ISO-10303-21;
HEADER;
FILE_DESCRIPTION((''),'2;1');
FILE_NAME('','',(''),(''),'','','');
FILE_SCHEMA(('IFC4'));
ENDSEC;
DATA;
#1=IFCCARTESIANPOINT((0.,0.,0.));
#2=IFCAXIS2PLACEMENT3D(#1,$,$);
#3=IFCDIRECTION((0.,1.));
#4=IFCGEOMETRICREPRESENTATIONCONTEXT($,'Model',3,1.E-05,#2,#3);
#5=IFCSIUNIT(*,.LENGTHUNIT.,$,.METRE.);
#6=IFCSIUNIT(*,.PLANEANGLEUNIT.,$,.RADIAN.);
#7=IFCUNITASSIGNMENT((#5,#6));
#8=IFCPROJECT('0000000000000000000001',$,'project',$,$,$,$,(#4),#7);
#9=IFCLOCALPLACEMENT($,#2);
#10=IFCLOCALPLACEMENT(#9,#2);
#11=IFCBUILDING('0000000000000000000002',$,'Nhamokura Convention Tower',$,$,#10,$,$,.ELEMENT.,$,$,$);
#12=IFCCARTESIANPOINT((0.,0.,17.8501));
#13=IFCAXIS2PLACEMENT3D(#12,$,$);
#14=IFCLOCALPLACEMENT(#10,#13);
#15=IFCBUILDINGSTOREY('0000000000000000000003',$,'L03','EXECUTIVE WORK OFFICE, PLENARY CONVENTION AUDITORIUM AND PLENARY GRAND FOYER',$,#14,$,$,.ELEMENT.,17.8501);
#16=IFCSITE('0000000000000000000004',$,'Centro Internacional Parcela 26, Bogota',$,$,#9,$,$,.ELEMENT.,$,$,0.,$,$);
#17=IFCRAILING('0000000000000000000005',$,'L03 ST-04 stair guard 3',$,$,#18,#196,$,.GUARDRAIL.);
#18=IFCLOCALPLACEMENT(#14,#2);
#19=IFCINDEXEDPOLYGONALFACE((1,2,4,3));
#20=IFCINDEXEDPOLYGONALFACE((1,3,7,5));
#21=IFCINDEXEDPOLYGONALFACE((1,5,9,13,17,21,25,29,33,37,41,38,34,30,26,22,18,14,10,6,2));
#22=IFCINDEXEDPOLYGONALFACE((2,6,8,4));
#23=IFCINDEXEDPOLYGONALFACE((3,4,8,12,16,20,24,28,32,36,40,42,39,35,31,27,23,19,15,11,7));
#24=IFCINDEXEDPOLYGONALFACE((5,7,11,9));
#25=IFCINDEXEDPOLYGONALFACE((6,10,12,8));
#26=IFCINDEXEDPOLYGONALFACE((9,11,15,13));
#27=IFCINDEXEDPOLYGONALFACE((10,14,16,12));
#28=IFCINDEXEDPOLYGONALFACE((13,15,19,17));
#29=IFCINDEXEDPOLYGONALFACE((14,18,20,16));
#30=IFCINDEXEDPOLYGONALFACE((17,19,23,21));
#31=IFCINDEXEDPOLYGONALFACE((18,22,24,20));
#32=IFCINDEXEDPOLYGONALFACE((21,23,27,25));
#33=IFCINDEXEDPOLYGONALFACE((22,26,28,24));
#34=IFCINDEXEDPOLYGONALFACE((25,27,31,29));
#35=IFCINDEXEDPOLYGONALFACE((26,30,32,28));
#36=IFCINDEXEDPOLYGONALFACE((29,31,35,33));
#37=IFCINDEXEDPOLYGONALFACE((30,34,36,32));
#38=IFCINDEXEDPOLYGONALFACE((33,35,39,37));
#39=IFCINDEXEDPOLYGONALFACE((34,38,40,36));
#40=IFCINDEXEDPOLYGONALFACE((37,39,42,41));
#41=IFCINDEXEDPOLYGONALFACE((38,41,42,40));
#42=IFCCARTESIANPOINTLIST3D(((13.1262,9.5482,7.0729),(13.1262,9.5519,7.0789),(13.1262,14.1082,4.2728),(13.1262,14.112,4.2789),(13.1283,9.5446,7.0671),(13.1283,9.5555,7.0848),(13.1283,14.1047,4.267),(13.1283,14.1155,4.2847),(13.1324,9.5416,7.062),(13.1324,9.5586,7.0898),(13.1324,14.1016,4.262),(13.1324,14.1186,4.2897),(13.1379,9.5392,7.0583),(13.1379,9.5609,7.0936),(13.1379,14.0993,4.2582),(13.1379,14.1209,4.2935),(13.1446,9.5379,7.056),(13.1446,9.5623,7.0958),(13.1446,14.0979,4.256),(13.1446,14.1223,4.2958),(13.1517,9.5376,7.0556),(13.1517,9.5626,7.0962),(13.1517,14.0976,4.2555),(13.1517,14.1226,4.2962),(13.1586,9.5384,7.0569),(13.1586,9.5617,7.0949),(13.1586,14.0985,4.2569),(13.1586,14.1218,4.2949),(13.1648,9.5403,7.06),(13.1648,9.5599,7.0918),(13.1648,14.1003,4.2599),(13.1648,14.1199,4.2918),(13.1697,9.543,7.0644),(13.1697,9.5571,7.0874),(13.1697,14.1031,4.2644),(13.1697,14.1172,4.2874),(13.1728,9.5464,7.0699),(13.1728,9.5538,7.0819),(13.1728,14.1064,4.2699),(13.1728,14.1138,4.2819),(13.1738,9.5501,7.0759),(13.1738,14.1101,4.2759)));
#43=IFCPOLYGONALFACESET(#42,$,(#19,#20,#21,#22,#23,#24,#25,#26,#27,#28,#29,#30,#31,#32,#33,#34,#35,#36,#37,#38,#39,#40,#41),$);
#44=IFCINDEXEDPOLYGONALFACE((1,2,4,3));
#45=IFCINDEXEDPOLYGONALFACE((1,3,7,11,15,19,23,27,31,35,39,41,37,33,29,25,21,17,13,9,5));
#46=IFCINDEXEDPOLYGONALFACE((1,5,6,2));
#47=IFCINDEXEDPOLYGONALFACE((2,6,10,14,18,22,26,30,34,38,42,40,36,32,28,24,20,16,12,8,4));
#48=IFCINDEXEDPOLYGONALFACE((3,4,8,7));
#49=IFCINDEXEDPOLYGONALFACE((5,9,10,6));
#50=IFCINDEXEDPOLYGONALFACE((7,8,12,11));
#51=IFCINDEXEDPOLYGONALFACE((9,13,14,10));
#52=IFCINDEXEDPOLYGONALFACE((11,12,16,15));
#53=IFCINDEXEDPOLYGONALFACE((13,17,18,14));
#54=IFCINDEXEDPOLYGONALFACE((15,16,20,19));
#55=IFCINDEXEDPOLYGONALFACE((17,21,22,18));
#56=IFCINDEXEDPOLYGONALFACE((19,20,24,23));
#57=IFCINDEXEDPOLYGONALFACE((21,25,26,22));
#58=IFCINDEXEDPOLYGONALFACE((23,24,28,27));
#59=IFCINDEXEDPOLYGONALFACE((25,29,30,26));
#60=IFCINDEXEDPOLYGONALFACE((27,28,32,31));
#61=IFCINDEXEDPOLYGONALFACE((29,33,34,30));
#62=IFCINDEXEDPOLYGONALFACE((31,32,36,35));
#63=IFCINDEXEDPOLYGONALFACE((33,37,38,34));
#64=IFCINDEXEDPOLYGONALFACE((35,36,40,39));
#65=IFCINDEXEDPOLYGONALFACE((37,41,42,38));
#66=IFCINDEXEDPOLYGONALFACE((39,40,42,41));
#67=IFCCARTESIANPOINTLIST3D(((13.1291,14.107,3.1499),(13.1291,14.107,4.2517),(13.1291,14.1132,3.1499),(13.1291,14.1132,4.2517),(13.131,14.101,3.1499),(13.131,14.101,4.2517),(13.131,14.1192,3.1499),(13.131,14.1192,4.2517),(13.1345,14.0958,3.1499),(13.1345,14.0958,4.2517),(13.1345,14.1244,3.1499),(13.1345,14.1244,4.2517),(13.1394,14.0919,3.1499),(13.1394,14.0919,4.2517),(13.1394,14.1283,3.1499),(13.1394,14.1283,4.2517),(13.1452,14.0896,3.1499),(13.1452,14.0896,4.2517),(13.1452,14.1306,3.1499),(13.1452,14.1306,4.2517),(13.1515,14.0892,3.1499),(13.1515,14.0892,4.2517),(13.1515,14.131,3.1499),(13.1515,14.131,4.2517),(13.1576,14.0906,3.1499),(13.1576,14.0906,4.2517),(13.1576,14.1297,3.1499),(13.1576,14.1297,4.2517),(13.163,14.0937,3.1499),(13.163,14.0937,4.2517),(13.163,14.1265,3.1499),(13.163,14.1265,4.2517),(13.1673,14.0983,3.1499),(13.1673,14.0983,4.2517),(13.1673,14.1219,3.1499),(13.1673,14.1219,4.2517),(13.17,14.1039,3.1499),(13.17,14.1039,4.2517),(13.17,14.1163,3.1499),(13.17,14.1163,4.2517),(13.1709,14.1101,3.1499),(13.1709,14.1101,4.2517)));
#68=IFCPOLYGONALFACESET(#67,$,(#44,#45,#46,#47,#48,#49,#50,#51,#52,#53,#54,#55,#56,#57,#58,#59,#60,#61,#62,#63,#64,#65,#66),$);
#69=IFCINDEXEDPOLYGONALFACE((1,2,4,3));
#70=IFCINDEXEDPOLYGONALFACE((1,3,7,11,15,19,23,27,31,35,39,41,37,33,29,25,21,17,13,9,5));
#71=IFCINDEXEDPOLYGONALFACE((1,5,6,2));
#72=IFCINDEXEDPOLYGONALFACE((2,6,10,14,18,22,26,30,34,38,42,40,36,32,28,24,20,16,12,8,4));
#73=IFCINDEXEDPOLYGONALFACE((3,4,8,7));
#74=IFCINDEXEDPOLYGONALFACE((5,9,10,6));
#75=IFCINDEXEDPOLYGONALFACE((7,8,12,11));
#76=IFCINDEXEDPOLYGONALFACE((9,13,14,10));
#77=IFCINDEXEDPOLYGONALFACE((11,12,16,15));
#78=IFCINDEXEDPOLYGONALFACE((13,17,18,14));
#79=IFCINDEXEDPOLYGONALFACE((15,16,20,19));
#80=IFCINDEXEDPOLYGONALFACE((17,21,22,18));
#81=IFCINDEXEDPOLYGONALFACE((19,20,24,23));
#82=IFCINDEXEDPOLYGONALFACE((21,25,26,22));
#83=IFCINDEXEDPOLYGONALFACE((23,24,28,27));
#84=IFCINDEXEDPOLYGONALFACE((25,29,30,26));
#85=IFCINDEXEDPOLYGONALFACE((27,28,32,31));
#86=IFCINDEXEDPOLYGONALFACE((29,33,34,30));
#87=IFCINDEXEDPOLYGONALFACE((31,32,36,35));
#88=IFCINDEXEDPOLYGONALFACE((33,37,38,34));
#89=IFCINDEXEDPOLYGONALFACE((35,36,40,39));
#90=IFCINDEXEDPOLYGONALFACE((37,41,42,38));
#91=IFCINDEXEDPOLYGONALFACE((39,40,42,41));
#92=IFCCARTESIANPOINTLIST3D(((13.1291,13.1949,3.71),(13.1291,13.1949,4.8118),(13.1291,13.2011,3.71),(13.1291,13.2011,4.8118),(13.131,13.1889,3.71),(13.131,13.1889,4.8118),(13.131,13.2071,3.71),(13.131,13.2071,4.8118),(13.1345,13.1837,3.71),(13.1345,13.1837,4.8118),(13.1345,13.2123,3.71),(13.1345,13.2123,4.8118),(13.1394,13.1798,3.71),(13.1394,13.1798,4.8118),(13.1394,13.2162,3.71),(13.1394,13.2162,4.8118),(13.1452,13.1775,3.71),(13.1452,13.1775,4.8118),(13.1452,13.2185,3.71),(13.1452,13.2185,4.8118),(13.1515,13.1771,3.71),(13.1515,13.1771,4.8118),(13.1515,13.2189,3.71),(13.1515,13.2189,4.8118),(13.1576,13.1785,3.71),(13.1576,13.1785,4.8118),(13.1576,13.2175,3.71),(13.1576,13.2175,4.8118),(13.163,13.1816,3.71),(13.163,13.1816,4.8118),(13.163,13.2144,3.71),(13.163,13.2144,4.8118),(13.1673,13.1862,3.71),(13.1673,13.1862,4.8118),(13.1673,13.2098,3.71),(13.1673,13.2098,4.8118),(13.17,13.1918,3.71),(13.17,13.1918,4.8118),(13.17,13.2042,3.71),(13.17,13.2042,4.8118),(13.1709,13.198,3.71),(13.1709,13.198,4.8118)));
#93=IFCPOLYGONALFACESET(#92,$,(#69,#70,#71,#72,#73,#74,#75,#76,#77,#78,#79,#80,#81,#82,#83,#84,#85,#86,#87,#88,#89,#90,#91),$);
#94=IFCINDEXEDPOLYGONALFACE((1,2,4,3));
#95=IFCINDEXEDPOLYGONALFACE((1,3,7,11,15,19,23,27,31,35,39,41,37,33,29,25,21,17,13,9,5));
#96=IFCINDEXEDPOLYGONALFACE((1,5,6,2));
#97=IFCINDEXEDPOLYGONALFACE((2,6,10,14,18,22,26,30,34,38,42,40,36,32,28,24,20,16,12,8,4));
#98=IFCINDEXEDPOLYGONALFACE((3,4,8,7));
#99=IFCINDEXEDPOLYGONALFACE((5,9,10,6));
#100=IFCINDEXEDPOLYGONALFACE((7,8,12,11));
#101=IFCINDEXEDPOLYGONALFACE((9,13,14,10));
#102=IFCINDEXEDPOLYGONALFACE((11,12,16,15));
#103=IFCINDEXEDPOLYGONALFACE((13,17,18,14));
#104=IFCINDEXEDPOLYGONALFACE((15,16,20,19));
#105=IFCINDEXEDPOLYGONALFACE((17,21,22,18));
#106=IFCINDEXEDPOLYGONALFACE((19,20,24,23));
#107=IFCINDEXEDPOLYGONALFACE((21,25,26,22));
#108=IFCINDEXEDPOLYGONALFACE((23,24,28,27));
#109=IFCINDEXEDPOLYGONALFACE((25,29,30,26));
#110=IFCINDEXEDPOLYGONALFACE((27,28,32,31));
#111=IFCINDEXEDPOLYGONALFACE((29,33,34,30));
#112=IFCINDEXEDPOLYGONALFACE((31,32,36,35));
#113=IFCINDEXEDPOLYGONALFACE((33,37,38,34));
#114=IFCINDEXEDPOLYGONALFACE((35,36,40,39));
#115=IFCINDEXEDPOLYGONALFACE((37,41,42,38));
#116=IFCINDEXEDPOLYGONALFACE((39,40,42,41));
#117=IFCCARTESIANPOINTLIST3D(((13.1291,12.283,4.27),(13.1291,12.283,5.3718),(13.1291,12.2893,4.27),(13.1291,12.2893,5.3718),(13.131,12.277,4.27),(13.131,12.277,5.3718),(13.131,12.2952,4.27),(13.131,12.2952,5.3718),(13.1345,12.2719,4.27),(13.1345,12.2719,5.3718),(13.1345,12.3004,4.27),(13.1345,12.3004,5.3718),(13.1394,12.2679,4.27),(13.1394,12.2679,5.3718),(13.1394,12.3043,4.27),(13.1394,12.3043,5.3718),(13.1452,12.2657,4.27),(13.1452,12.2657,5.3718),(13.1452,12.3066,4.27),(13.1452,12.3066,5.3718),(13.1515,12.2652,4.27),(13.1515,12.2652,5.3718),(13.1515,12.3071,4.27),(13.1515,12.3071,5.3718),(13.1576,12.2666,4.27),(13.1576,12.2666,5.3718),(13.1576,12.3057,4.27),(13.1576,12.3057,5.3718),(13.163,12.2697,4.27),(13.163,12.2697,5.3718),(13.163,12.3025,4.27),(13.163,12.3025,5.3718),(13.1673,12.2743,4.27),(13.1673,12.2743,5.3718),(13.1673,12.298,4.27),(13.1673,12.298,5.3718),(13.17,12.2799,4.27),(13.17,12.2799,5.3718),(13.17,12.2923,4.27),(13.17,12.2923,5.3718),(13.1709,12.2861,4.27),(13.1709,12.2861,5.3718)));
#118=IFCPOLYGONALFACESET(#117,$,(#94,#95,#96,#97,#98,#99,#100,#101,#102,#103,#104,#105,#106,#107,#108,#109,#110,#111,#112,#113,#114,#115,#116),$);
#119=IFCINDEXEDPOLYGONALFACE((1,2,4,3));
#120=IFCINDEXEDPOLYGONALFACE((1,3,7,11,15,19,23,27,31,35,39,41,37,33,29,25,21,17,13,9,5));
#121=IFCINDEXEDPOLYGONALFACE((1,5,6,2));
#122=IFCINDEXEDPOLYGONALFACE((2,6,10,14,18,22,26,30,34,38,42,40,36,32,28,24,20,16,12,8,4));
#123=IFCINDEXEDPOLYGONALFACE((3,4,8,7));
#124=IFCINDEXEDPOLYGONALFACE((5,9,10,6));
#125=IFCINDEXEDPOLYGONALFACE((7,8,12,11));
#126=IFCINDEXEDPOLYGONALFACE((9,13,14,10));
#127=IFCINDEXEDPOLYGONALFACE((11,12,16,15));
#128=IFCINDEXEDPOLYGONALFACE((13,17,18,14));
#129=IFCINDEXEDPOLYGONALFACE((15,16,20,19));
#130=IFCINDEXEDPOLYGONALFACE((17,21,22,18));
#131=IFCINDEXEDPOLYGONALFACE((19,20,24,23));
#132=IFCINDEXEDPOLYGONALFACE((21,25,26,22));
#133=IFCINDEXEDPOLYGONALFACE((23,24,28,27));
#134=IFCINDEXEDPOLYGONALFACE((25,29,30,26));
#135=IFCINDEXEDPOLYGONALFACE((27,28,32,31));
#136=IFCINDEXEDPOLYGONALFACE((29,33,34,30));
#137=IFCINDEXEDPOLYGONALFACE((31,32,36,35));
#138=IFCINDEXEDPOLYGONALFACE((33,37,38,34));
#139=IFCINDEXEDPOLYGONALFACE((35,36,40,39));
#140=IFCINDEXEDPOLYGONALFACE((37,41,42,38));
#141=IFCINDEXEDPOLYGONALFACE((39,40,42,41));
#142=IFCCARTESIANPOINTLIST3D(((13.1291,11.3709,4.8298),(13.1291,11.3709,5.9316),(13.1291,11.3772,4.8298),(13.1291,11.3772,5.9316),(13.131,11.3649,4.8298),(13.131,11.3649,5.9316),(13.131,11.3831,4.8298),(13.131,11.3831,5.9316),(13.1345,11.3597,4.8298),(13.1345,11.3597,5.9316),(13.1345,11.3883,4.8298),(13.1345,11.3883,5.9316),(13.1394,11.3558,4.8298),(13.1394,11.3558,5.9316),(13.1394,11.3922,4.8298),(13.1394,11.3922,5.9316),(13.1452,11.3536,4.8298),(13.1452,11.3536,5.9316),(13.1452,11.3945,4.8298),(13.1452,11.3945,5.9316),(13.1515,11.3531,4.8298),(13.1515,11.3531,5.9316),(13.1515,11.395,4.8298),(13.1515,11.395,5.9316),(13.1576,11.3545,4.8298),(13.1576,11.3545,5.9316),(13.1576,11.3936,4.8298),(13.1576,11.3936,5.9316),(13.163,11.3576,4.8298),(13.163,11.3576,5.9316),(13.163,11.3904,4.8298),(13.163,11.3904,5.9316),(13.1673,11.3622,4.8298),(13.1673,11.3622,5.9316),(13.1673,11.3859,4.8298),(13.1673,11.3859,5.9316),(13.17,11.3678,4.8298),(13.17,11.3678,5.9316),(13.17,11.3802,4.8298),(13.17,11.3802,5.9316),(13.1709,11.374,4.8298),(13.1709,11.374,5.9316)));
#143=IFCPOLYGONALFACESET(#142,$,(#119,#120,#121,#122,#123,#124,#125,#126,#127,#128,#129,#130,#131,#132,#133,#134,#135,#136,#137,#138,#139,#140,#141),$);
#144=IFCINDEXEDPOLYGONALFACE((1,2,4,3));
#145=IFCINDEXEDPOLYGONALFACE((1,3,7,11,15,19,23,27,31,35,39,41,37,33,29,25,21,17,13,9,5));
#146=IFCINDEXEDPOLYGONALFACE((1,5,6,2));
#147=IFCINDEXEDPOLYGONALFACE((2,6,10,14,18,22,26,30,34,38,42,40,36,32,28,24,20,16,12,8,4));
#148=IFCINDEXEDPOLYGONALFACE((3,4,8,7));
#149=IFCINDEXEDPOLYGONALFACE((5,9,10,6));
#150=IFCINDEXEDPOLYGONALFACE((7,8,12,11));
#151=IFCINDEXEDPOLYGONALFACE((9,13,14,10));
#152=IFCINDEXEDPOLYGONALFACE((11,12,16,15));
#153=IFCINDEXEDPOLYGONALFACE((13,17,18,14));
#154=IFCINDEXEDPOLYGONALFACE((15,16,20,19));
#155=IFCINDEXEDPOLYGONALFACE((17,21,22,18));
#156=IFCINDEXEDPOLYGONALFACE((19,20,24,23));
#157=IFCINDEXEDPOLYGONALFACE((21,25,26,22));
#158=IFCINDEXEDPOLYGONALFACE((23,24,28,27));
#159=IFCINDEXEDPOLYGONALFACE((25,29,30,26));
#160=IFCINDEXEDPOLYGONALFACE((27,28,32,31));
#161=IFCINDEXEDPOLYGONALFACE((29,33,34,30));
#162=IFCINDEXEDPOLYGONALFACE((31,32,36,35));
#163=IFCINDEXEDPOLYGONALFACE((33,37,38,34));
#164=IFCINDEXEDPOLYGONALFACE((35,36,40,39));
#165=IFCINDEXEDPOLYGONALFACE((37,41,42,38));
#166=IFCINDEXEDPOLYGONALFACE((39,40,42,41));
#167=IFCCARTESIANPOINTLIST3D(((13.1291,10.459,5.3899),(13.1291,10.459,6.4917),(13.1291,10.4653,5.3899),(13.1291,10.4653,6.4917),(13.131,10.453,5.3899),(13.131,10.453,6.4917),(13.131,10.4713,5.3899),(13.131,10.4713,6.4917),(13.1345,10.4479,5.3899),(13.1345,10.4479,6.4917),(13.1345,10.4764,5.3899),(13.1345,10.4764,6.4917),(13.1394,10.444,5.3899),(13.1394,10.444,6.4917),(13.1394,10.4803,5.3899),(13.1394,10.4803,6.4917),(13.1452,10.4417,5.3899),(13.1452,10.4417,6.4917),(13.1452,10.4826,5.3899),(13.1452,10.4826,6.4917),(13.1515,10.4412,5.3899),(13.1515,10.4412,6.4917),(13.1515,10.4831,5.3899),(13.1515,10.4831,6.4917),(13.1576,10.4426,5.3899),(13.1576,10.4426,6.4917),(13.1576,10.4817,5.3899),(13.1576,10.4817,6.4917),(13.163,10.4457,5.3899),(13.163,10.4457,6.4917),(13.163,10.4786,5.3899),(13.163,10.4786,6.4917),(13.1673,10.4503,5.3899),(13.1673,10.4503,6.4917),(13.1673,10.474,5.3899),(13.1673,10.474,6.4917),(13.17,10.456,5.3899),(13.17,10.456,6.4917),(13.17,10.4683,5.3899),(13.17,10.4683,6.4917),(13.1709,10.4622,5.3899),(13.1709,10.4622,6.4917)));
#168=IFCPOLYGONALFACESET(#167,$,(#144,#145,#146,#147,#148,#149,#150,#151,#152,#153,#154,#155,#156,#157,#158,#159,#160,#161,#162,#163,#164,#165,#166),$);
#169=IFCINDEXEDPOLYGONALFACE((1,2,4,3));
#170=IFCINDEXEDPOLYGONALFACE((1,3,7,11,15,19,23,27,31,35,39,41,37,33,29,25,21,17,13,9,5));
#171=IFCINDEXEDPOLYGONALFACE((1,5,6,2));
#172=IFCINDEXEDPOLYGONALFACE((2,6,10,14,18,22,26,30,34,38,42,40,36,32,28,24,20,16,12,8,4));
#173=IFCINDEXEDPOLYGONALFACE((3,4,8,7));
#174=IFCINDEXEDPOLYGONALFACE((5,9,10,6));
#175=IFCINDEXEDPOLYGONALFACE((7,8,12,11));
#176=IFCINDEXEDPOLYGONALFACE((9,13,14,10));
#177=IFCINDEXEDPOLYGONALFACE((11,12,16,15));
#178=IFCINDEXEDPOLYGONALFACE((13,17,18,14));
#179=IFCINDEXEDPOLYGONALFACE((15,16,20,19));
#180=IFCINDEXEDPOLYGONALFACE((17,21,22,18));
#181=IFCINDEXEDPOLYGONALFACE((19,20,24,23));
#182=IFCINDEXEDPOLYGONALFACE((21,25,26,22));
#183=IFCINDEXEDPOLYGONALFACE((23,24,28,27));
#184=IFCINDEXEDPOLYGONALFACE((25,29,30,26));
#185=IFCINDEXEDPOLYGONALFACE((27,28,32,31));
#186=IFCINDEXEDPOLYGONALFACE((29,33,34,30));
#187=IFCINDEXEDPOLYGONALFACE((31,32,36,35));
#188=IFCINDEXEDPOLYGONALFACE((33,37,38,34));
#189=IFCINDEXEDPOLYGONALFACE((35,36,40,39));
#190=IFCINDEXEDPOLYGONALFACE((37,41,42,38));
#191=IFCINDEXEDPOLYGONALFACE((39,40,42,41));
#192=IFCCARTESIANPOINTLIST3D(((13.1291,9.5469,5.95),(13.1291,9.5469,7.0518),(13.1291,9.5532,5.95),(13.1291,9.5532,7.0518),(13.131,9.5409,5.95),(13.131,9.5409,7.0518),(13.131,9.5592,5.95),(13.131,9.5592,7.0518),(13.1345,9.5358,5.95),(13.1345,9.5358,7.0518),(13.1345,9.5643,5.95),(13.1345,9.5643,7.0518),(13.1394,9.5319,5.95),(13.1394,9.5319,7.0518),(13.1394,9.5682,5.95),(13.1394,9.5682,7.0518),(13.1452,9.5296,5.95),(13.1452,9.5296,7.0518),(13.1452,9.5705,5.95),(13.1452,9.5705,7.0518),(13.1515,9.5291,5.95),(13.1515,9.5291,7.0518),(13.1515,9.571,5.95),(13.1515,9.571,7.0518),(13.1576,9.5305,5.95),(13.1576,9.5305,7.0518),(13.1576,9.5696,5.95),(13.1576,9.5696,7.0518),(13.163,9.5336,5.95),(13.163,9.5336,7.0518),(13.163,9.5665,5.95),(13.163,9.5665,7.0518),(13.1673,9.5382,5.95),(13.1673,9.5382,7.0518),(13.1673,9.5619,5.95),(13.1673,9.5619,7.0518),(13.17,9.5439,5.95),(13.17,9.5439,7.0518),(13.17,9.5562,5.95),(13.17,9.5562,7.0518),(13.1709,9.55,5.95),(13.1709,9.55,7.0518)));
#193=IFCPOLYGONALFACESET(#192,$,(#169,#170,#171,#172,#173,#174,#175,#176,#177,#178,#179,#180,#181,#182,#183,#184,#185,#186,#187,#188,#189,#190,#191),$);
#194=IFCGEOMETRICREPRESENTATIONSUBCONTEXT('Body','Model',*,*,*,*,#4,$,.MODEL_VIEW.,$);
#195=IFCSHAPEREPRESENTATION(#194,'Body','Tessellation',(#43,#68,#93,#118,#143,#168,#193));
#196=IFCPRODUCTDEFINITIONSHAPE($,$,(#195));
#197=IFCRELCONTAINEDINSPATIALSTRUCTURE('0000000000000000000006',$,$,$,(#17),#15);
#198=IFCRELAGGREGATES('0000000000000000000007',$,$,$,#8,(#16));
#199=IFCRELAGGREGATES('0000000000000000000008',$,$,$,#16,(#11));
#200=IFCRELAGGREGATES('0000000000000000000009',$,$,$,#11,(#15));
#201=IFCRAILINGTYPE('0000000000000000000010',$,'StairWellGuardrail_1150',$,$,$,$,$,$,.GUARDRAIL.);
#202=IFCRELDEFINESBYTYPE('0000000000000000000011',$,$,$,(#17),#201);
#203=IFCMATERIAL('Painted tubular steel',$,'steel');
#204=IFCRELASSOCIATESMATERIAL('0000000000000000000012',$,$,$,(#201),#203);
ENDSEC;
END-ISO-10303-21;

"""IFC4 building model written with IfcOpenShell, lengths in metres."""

from ifc_helpers import new_model, si_unit, direction, frame, origin, origin_2d, place, context, subcontext, project, spatial, circle, extrude, material, type_object, element, save


model = new_model("IFC4")

# Units and contexts
model_context = context("Model", 3, precision=1e-05, world=origin(), true_north=direction((0.0, 1.0)))
body_context = subcontext(model_context, "Body", "Model", "MODEL_VIEW")
ifc_project = project(units=[si_unit("LENGTHUNIT", "METRE"), si_unit("PLANEANGLEUNIT", "RADIAN")], contexts=[model_context])

# Site, building, storey
site_placement = place(None, origin())
site = spatial("IfcSite", under=ifc_project, at=site_placement, Name="Centro Internacional Parcela 26, Bogota", CompositionType="ELEMENT", RefElevation=0.0)
building_placement = place(site_placement, origin())
building = spatial("IfcBuilding", under=site, at=building_placement, Name="Nhamokura Convention Tower", CompositionType="ELEMENT")
storey_placement = place(building_placement, frame((0.0, 0.0, 17.8501)))
storey = spatial("IfcBuildingStorey", under=building, at=storey_placement, Name="L03", Description="EXECUTIVE WORK OFFICE, PLENARY CONVENTION AUDITORIUM AND PLENARY GRAND FOYER", CompositionType="ELEMENT", Elevation=17.8501)

# Railing
ifc_material_1 = material(Name="Painted tubular steel", Category="steel")
railing_type_1 = type_object("IfcRailingType", Name="StairWellGuardrail_1150", PredefinedType="GUARDRAIL", material=ifc_material_1)
railing_1_placement = place(storey_placement, frame((13.1499, 14.1101, 3.1499)))
element("IfcRailing", 1, at=railing_1_placement, inside=storey, type_object=railing_type_1, Name="L03 ST-04 stair guard 3", PredefinedType="GUARDRAIL", context=body_context, shape_type="SweptSolid", body=[
    extrude(circle(Radius=0.0239, at=origin_2d()), frame((0.0, 0.0, 1.126), z_axis=(0.0, -0.85217, 0.523265), x_axis=(1.0, 0.0, 0.0)), (0.0, 0.0, 1.0), 5.3511),
    extrude(circle(Radius=0.021, at=origin_2d()), origin(), (0.0, 0.0, 1.0), 1.1018),
    extrude(circle(Radius=0.021, at=origin_2d()), frame((0.0, -0.9121, 0.5601)), (0.0, 0.0, 1.0), 1.1018),
    extrude(circle(Radius=0.021, at=origin_2d()), frame((0.0, -1.824, 1.1201)), (0.0, 0.0, 1.0), 1.1018),
    extrude(circle(Radius=0.021, at=origin_2d()), frame((0.0, -2.7361, 1.6799)), (0.0, 0.0, 1.0), 1.1018),
    extrude(circle(Radius=0.021, at=origin_2d()), frame((0.0, -3.6479, 2.24)), (0.0, 0.0, 1.0), 1.1018),
    extrude(circle(Radius=0.021, at=origin_2d()), frame((0.0, -4.5601, 2.8)), (0.0, 0.0, 1.0), 1.1018),
])

save(model, "model.ifc")
